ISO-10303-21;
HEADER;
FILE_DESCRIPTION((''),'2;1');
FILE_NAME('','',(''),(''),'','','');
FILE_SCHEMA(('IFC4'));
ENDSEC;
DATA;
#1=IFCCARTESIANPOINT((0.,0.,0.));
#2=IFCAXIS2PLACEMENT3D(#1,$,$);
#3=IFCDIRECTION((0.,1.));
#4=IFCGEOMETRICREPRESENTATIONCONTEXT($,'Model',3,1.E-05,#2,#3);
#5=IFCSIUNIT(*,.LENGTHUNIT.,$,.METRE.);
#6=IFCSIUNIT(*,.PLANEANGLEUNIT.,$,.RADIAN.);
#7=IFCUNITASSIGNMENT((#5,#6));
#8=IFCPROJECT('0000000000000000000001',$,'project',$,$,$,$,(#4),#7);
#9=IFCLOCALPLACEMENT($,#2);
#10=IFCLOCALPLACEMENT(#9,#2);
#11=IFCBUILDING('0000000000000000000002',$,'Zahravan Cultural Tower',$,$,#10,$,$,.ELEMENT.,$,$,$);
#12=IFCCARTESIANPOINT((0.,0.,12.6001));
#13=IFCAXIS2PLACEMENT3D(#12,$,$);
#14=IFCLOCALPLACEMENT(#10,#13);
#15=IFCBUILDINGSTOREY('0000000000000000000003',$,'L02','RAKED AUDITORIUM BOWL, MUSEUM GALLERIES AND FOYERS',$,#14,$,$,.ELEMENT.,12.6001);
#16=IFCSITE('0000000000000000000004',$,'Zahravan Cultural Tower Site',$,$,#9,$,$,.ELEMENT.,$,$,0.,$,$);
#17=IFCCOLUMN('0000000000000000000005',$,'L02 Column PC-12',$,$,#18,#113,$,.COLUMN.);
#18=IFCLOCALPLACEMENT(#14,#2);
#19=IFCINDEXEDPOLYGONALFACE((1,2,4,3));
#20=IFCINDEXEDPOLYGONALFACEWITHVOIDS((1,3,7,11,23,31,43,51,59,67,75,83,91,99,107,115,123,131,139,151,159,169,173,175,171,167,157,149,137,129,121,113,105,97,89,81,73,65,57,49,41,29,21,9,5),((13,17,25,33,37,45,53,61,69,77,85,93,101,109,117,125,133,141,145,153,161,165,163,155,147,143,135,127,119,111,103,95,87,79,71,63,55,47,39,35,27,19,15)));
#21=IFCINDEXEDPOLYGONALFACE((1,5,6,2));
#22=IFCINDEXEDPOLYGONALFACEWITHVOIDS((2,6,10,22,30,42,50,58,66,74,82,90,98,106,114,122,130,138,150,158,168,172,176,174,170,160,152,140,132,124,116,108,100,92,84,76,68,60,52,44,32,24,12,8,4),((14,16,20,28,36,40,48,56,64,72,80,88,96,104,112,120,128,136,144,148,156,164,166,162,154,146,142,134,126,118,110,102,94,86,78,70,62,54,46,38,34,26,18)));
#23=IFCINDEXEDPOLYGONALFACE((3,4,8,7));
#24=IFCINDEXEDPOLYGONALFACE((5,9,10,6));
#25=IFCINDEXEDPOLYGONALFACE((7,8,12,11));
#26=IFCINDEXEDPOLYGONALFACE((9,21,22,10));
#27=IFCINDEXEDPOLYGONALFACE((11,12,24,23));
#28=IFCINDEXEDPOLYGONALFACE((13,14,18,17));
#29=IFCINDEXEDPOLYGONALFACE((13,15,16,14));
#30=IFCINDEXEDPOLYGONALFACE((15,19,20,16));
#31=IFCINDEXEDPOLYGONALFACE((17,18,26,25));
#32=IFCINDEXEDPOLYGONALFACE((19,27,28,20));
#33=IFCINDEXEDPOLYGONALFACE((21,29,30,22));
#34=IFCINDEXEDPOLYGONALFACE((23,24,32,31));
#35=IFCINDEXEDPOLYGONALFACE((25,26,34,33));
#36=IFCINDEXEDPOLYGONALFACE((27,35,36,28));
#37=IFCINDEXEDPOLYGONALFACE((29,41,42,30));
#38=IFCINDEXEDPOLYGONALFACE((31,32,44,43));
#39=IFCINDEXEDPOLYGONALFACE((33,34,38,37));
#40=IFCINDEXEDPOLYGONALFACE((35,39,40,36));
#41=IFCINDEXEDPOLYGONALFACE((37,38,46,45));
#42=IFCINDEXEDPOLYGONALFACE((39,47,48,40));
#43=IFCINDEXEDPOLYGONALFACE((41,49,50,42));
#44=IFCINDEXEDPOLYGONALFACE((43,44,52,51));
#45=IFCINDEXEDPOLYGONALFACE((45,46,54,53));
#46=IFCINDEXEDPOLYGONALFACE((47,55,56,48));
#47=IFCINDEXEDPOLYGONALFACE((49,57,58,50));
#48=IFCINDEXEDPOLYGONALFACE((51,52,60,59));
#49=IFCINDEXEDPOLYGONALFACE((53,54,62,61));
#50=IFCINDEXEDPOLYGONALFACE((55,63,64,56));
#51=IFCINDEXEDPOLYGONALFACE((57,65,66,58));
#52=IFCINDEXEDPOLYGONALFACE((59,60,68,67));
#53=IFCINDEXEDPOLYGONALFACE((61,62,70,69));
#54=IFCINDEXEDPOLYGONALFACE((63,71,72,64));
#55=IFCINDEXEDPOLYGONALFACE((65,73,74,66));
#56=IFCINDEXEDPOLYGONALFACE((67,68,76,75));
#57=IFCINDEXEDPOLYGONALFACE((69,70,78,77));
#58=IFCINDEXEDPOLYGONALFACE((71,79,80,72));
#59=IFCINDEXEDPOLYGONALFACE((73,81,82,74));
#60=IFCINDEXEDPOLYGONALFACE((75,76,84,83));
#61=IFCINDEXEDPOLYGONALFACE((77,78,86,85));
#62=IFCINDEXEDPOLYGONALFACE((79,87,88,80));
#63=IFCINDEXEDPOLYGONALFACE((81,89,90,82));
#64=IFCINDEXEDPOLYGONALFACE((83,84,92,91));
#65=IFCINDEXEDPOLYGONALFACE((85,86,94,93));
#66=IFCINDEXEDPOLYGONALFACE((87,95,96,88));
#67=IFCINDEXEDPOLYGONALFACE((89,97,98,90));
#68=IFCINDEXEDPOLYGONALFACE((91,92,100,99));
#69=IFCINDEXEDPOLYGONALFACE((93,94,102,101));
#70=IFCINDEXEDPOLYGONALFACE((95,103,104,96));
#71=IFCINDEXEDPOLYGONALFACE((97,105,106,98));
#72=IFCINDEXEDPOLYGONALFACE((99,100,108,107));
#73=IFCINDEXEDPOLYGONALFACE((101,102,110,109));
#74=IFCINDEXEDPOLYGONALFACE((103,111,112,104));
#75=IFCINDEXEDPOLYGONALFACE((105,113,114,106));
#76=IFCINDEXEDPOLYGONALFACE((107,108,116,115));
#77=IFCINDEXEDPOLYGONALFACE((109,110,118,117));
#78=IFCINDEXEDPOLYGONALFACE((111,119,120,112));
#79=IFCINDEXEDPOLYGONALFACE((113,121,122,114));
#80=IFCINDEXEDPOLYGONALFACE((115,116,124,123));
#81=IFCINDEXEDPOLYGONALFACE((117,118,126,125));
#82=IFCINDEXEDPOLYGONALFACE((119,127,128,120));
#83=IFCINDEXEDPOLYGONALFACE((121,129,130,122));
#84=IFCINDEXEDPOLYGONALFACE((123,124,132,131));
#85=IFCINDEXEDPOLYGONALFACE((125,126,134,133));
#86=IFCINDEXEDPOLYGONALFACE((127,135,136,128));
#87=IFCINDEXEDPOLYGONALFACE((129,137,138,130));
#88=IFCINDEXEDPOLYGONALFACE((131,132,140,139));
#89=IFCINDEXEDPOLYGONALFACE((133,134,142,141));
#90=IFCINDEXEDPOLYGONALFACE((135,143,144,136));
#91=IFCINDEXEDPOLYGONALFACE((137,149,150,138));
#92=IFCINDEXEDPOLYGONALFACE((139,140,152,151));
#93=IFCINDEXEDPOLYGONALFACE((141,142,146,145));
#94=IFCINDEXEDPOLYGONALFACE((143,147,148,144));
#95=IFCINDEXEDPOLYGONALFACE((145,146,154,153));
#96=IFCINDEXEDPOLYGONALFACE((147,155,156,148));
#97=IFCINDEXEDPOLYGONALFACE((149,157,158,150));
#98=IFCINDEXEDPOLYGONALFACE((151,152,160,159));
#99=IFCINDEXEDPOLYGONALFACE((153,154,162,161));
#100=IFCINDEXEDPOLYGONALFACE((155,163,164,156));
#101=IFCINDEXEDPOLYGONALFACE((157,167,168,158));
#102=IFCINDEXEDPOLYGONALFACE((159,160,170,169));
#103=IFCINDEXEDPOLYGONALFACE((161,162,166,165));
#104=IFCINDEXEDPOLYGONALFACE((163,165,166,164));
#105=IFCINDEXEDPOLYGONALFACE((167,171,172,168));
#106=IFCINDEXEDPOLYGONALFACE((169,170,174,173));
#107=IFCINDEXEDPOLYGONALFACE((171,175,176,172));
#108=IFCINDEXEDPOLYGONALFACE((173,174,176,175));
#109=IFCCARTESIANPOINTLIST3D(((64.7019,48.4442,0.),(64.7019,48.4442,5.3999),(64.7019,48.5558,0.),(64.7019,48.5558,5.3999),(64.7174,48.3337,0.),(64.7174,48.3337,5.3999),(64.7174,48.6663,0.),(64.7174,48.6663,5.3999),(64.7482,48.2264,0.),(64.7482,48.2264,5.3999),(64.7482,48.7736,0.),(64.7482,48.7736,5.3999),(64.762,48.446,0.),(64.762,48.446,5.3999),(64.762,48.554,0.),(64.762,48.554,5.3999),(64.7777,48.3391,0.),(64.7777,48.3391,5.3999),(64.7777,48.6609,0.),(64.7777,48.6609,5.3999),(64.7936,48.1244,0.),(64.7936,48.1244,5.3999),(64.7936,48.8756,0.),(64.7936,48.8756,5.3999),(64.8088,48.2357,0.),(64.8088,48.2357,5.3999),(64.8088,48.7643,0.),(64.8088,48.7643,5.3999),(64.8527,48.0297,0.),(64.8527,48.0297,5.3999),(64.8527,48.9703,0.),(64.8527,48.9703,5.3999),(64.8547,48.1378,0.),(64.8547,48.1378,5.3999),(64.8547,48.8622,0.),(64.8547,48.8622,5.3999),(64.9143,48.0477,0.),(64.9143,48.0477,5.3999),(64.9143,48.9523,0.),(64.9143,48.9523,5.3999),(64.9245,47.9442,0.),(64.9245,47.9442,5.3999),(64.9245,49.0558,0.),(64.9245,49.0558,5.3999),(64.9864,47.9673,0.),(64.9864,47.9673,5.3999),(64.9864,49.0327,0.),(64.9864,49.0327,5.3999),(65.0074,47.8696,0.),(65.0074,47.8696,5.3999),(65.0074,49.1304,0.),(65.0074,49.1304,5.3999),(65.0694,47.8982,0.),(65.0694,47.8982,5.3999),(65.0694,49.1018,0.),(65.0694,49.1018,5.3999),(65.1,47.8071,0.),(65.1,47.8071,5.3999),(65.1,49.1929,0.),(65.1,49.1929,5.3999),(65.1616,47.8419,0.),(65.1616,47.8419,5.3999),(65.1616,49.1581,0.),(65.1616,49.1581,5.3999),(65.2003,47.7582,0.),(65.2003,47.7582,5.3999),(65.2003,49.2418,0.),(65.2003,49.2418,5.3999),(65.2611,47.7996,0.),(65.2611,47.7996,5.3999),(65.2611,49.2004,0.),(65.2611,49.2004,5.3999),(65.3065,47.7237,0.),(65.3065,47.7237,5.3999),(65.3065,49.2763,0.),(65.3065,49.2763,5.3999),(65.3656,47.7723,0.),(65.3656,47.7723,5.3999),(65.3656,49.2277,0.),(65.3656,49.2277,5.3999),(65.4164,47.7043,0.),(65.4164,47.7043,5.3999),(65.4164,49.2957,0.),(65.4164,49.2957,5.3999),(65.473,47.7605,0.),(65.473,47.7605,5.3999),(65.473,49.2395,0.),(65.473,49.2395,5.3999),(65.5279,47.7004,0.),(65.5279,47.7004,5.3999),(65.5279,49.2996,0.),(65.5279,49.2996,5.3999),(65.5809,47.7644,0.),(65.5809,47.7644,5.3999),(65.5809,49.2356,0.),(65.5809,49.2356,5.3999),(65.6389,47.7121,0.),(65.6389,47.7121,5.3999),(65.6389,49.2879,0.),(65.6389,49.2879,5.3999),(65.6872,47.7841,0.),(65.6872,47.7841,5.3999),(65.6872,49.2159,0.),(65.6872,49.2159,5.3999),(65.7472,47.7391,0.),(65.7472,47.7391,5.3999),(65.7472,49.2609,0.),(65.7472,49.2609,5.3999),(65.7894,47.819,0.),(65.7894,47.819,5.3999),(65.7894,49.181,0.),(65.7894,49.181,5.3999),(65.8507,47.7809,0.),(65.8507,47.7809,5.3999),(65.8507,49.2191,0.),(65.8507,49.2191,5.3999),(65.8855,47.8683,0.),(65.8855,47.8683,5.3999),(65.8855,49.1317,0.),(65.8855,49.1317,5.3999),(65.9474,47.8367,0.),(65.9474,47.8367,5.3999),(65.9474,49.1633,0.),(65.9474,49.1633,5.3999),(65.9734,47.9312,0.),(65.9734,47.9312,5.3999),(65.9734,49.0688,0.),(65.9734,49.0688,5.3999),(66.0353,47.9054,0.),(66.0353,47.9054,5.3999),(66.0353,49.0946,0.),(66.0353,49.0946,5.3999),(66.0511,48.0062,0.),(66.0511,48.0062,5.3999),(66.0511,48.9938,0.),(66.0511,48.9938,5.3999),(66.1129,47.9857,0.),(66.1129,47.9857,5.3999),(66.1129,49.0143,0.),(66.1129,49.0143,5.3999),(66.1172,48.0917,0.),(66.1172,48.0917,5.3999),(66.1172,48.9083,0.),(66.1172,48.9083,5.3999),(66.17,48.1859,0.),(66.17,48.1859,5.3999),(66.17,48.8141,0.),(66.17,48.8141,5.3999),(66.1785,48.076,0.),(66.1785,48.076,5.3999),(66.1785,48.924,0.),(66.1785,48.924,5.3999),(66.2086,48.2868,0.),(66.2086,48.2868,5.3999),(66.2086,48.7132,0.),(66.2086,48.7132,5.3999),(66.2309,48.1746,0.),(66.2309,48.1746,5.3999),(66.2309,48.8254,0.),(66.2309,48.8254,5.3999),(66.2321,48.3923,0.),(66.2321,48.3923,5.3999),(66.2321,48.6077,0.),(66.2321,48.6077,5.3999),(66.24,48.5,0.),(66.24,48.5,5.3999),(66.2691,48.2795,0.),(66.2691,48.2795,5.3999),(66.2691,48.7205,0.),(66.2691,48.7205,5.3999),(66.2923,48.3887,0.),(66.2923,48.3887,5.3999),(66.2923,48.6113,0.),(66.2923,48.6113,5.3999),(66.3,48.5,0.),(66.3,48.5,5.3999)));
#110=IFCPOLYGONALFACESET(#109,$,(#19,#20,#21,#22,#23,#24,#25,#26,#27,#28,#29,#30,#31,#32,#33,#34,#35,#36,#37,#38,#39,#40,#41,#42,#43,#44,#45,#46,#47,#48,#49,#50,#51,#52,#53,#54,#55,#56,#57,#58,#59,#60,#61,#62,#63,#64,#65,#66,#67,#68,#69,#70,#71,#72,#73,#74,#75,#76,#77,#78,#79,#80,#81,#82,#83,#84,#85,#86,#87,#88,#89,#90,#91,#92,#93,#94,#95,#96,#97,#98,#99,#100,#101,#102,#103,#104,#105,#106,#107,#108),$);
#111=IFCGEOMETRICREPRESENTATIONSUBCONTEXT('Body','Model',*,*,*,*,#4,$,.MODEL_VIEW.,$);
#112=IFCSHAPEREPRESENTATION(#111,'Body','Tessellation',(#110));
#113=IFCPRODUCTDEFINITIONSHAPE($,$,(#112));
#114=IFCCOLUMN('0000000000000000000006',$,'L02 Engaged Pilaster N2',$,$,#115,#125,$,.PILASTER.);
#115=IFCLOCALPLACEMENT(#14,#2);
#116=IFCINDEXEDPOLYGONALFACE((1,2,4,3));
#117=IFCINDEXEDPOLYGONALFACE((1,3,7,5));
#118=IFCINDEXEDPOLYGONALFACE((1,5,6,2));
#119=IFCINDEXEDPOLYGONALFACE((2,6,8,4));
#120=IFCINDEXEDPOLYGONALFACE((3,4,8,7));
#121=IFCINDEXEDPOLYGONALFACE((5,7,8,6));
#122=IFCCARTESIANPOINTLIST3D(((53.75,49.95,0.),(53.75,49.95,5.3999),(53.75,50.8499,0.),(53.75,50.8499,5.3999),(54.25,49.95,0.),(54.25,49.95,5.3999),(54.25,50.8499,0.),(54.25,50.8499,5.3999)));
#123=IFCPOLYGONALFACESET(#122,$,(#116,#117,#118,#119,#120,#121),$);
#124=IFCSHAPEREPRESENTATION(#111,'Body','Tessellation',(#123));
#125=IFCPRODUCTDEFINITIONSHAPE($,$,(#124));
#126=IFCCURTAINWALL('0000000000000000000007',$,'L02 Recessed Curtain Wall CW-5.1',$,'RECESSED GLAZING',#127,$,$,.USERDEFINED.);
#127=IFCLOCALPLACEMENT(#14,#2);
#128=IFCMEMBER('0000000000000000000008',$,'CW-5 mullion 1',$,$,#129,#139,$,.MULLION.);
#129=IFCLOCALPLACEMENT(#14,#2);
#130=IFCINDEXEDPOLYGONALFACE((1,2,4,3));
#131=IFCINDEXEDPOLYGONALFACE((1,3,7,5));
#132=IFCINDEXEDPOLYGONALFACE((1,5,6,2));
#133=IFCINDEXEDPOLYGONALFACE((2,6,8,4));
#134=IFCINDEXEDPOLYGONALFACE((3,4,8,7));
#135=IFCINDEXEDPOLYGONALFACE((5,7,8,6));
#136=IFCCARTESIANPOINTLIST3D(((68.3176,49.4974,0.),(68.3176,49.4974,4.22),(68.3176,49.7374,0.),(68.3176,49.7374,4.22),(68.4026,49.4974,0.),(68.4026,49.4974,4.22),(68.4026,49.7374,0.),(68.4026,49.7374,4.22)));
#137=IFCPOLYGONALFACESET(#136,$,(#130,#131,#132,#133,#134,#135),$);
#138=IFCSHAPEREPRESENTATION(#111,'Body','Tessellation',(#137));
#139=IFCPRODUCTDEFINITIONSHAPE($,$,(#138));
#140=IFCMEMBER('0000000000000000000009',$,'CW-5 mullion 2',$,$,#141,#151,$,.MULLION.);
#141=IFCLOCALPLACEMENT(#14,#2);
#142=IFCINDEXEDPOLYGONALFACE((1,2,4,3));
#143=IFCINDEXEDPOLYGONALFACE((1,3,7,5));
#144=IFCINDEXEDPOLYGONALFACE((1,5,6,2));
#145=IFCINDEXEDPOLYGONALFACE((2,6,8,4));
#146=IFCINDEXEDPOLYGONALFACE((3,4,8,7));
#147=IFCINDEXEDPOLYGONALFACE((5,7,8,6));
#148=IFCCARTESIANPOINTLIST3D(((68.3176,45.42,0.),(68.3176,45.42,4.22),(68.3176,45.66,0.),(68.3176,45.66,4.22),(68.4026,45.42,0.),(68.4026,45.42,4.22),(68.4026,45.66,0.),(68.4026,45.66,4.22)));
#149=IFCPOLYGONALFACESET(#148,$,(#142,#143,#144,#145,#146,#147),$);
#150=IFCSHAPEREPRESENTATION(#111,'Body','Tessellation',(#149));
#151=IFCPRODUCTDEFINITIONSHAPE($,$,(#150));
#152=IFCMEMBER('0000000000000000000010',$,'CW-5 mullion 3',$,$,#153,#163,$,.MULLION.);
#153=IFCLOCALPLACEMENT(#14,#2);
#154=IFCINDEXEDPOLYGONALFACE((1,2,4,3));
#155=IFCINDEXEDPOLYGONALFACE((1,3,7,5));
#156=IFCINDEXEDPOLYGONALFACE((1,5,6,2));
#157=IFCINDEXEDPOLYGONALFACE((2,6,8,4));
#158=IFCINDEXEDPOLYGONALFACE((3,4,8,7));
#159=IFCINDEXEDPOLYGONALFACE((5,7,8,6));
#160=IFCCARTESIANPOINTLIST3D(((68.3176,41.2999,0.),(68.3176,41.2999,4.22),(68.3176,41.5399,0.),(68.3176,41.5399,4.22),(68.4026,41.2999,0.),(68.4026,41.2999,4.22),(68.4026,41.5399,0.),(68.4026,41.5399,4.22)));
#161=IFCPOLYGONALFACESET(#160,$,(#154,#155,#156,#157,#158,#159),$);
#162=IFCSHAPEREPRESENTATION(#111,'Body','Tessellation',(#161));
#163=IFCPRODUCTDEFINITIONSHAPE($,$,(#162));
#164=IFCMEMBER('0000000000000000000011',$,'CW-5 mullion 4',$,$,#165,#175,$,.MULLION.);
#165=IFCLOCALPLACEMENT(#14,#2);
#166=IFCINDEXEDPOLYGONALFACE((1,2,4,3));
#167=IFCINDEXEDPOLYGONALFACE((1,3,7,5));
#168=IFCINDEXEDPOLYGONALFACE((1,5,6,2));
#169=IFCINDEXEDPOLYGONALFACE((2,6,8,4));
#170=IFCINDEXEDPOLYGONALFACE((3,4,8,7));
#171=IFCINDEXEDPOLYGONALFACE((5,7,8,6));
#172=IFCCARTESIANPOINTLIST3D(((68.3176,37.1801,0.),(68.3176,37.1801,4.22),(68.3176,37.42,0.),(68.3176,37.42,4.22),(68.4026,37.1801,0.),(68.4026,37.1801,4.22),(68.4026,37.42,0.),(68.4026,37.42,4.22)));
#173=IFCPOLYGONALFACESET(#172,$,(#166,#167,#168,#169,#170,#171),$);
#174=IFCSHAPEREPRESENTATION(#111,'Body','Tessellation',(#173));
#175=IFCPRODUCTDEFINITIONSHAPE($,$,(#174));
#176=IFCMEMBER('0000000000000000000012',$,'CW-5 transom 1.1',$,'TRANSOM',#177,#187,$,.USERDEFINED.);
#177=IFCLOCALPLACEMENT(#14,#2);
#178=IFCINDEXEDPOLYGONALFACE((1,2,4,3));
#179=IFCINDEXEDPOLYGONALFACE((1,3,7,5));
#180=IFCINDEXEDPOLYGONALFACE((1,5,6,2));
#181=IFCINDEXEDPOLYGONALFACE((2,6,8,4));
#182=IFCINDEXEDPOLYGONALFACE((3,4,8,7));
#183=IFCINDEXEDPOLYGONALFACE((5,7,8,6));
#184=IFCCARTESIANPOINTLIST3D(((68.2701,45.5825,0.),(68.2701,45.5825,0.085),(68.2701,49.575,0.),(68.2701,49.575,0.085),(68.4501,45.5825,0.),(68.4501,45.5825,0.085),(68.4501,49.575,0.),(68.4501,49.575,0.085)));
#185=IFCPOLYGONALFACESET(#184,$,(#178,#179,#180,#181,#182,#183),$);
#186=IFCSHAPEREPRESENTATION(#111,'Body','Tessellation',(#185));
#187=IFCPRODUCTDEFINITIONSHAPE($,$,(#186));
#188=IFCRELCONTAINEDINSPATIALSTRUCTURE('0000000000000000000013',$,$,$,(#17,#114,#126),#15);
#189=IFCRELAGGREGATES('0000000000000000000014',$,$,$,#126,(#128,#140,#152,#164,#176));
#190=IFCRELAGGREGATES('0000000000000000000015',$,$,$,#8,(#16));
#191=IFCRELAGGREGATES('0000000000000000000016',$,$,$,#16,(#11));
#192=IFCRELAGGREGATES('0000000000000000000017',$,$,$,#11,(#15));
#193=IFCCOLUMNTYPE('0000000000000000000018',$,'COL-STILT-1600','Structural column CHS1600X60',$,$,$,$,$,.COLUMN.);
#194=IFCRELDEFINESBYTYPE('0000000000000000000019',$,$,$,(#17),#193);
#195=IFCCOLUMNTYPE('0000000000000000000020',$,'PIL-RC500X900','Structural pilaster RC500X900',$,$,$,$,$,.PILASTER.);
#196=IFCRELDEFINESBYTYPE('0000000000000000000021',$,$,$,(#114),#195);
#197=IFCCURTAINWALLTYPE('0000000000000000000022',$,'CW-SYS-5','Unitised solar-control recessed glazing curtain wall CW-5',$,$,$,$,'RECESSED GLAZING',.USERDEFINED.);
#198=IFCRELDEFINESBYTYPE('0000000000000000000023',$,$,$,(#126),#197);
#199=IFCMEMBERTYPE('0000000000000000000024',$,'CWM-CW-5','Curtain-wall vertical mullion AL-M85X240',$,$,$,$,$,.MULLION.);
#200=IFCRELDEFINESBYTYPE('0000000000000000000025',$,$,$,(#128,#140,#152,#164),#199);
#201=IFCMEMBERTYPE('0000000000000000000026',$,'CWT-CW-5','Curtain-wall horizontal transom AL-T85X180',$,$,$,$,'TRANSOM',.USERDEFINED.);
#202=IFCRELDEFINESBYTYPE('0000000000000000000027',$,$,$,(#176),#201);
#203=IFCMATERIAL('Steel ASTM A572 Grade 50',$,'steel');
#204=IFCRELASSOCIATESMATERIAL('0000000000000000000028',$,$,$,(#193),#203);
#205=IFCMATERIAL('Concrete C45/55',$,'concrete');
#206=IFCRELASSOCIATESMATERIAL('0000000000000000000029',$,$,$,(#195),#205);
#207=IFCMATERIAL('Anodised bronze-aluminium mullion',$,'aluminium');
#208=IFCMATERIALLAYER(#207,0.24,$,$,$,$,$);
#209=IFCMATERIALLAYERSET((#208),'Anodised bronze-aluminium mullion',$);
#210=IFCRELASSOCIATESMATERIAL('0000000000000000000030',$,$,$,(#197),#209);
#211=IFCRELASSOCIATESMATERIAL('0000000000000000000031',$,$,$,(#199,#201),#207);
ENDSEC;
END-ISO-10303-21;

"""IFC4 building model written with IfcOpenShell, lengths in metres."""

from ifc_helpers import new_model, si_unit, direction, frame, origin, origin_2d, place, context, subcontext, project, spatial, rectangle, hollow_circle, extrude, source, transform, mapped, material, layer, layer_set, material_profile, profile_set, type_object, element, aggregate, save


model = new_model("IFC4")

# Units and contexts
model_context = context("Model", 3, precision=1e-05, world=origin(), true_north=direction((0.0, 1.0)))
body_context = subcontext(model_context, "Body", "Model", "MODEL_VIEW")
ifc_project = project(units=[si_unit("LENGTHUNIT", "METRE"), si_unit("PLANEANGLEUNIT", "RADIAN")], contexts=[model_context])

# Site, building, storey
site_placement = place(None, origin())
site = spatial("IfcSite", under=ifc_project, at=site_placement, Name="Zahravan Cultural Tower Site", CompositionType="ELEMENT", RefElevation=0.0)
building_placement = place(site_placement, origin())
building = spatial("IfcBuilding", under=site, at=building_placement, Name="Zahravan Cultural Tower", CompositionType="ELEMENT")
storey_placement = place(building_placement, frame((0.0, 0.0, 12.6001)))
storey = spatial("IfcBuildingStorey", under=building, at=storey_placement, Name="L02", Description="RAKED AUDITORIUM BOWL, MUSEUM GALLERIES AND FOYERS", CompositionType="ELEMENT", Elevation=12.6001)

# Columns
ifc_material_1 = material(Name="Steel ASTM A572 Grade 50", Category="steel")
ifc_material_profile_1 = material_profile(ifc_material_1, hollow_circle(Radius=0.8, WallThickness=0.0601, at=origin_2d()), Name="CHS1600X60")
ifc_profile_set_1 = profile_set([ifc_material_profile_1], Name="Steel ASTM A572 Grade 50")
column_type_1 = type_object("IfcColumnType", Name="COL-STILT-1600", Description="Structural column CHS1600X60", PredefinedType="COLUMN", material=ifc_profile_set_1)
shared_shape_1 = source(origin(), body_context, "Body", "SweptSolid", [
    extrude(hollow_circle(Radius=0.8, WallThickness=0.0601, at=origin_2d()), origin(), (0.0, 0.0, 1.0), 5.3999),
])
column_1_placement = place(storey_placement, frame((65.5, 48.5, 0.0), z_axis=(0.0, 0.0, 1.0), x_axis=(1.0, 0.0, 0.0)))
element("IfcColumn", 1, at=column_1_placement, inside=storey, type_object=column_type_1, Name="L02 Column PC-12", PredefinedType="COLUMN", context=body_context, shape_type="MappedRepresentation", body=[
    mapped(shared_shape_1, transform((0.0, 0.0, 0.0), x_axis=(1.0, 0.0, 0.0), y_axis=(0.0, 1.0, 0.0), z_axis=(0.0, 0.0, 1.0), scale=1.0)),
])
ifc_material_2 = material(Name="Concrete C45/55", Category="concrete")
ifc_material_profile_2 = material_profile(ifc_material_2, rectangle(XDim=0.5, YDim=0.8999, at=origin_2d()), Name="RC500X900")
ifc_profile_set_2 = profile_set([ifc_material_profile_2], Name="Concrete C45/55")
column_type_2 = type_object("IfcColumnType", Name="PIL-RC500X900", Description="Structural pilaster RC500X900", PredefinedType="PILASTER", material=ifc_profile_set_2)
shared_shape_2 = source(origin(), body_context, "Body", "SweptSolid", [
    extrude(rectangle(XDim=0.5, YDim=0.8999, at=origin_2d()), origin(), (0.0, 0.0, 1.0), 5.3999),
])
column_2_placement = place(storey_placement, frame((54.0, 50.3999, 0.0), z_axis=(0.0, 0.0, 1.0), x_axis=(1.0, 0.0, 0.0)))
element("IfcColumn", 2, at=column_2_placement, inside=storey, type_object=column_type_2, Name="L02 Engaged Pilaster N2", PredefinedType="PILASTER", context=body_context, shape_type="MappedRepresentation", body=[
    mapped(shared_shape_2, transform((0.0, 0.0, 0.0), x_axis=(1.0, 0.0, 0.0), y_axis=(0.0, 1.0, 0.0), z_axis=(0.0, 0.0, 1.0), scale=1.0)),
])

# Curtain wall, members
ifc_material_3 = material(Name="Anodised bronze-aluminium mullion", Category="aluminium")
ifc_layer_1 = layer(ifc_material_3, 0.24)
ifc_layer_set_1 = layer_set([ifc_layer_1], Name="Anodised bronze-aluminium mullion")
curtain_wall_type = type_object("IfcCurtainWallType", Name="CW-SYS-5", Description="Unitised solar-control recessed glazing curtain wall CW-5", ElementType="RECESSED GLAZING", PredefinedType="USERDEFINED", material=ifc_layer_set_1)
curtain_wall_placement = place(storey_placement, origin())
curtain_wall = element("IfcCurtainWall", 3, at=curtain_wall_placement, inside=storey, type_object=curtain_wall_type, Name="L02 Recessed Curtain Wall CW-5.1", ObjectType="RECESSED GLAZING", PredefinedType="USERDEFINED")
ifc_material_profile_3 = material_profile(ifc_material_3, rectangle(XDim=0.085, YDim=0.24, at=origin_2d()), Name="AL-M85X240")
ifc_profile_set_3 = profile_set([ifc_material_profile_3], Name="Anodised bronze-aluminium mullion")
member_type_1 = type_object("IfcMemberType", Name="CWM-CW-5", Description="Curtain-wall vertical mullion AL-M85X240", PredefinedType="MULLION", material=ifc_profile_set_3)
shared_shape_3 = source(origin(), body_context, "Body", "SweptSolid", [
    extrude(rectangle(XDim=0.085, YDim=0.24, at=origin_2d()), origin(), (0.0, 0.0, 1.0), 4.22),
])
member_1_placement = place(storey_placement, frame((68.3601, 49.6174, 0.0), z_axis=(0.0, 0.0, 1.0), x_axis=(1.0, 0.0, 0.0)))
member_1 = element("IfcMember", 4, at=member_1_placement, type_object=member_type_1, Name="CW-5 mullion 1", PredefinedType="MULLION", context=body_context, shape_type="MappedRepresentation", body=[
    mapped(shared_shape_3, transform((0.0, 0.0, 0.0), x_axis=(1.0, 0.0, 0.0), y_axis=(0.0, 1.0, 0.0), z_axis=(0.0, 0.0, 1.0), scale=1.0)),
])
member_2_placement = place(storey_placement, frame((68.3601, 45.54, 0.0), z_axis=(0.0, 0.0, 1.0), x_axis=(1.0, 0.0, 0.0)))
member_2 = element("IfcMember", 5, at=member_2_placement, type_object=member_type_1, Name="CW-5 mullion 2", PredefinedType="MULLION", context=body_context, shape_type="MappedRepresentation", body=[
    mapped(shared_shape_3, transform((0.0, 0.0, 0.0), x_axis=(1.0, 0.0, 0.0), y_axis=(0.0, 1.0, 0.0), z_axis=(0.0, 0.0, 1.0), scale=1.0)),
])
member_3_placement = place(storey_placement, frame((68.3601, 41.4199, 0.0), z_axis=(0.0, 0.0, 1.0), x_axis=(1.0, 0.0, 0.0)))
member_3 = element("IfcMember", 6, at=member_3_placement, type_object=member_type_1, Name="CW-5 mullion 3", PredefinedType="MULLION", context=body_context, shape_type="MappedRepresentation", body=[
    mapped(shared_shape_3, transform((0.0, 0.0, 0.0), x_axis=(1.0, 0.0, 0.0), y_axis=(0.0, 1.0, 0.0), z_axis=(0.0, 0.0, 1.0), scale=1.0)),
])
member_4_placement = place(storey_placement, frame((68.3601, 37.3, 0.0), z_axis=(0.0, 0.0, 1.0), x_axis=(1.0, 0.0, 0.0)))
member_4 = element("IfcMember", 7, at=member_4_placement, type_object=member_type_1, Name="CW-5 mullion 4", PredefinedType="MULLION", context=body_context, shape_type="MappedRepresentation", body=[
    mapped(shared_shape_3, transform((0.0, 0.0, 0.0), x_axis=(1.0, 0.0, 0.0), y_axis=(0.0, 1.0, 0.0), z_axis=(0.0, 0.0, 1.0), scale=1.0)),
])
ifc_material_profile_4 = material_profile(ifc_material_3, rectangle(XDim=0.1799, YDim=0.085, at=origin_2d()), Name="AL-T85X180")
ifc_profile_set_4 = profile_set([ifc_material_profile_4], Name="Anodised bronze-aluminium mullion")
member_type_2 = type_object("IfcMemberType", Name="CWT-CW-5", Description="Curtain-wall horizontal transom AL-T85X180", ElementType="TRANSOM", PredefinedType="USERDEFINED", material=ifc_profile_set_4)
shared_shape_4 = source(origin(), body_context, "Body", "SweptSolid", [
    extrude(rectangle(XDim=0.1799, YDim=0.085, at=origin_2d()), origin(), (0.0, 0.0, 1.0), 3.9924),
])
member_5_placement = place(storey_placement, frame((68.3601, 49.575, 0.0425), z_axis=(0.0, -1.0, 0.0), x_axis=(1.0, 0.0, 0.0)))
member_5 = element("IfcMember", 8, at=member_5_placement, type_object=member_type_2, Name="CW-5 transom 1.1", ObjectType="TRANSOM", PredefinedType="USERDEFINED", context=body_context, shape_type="MappedRepresentation", body=[
    mapped(shared_shape_4, transform((0.0, 0.0, 0.0), x_axis=(1.0, 0.0, 0.0), y_axis=(0.0, 1.0, 0.0), z_axis=(0.0, 0.0, 1.0), scale=1.0)),
])
aggregate(curtain_wall, [member_1, member_2, member_3, member_4, member_5])

save(model, "model.ifc")
